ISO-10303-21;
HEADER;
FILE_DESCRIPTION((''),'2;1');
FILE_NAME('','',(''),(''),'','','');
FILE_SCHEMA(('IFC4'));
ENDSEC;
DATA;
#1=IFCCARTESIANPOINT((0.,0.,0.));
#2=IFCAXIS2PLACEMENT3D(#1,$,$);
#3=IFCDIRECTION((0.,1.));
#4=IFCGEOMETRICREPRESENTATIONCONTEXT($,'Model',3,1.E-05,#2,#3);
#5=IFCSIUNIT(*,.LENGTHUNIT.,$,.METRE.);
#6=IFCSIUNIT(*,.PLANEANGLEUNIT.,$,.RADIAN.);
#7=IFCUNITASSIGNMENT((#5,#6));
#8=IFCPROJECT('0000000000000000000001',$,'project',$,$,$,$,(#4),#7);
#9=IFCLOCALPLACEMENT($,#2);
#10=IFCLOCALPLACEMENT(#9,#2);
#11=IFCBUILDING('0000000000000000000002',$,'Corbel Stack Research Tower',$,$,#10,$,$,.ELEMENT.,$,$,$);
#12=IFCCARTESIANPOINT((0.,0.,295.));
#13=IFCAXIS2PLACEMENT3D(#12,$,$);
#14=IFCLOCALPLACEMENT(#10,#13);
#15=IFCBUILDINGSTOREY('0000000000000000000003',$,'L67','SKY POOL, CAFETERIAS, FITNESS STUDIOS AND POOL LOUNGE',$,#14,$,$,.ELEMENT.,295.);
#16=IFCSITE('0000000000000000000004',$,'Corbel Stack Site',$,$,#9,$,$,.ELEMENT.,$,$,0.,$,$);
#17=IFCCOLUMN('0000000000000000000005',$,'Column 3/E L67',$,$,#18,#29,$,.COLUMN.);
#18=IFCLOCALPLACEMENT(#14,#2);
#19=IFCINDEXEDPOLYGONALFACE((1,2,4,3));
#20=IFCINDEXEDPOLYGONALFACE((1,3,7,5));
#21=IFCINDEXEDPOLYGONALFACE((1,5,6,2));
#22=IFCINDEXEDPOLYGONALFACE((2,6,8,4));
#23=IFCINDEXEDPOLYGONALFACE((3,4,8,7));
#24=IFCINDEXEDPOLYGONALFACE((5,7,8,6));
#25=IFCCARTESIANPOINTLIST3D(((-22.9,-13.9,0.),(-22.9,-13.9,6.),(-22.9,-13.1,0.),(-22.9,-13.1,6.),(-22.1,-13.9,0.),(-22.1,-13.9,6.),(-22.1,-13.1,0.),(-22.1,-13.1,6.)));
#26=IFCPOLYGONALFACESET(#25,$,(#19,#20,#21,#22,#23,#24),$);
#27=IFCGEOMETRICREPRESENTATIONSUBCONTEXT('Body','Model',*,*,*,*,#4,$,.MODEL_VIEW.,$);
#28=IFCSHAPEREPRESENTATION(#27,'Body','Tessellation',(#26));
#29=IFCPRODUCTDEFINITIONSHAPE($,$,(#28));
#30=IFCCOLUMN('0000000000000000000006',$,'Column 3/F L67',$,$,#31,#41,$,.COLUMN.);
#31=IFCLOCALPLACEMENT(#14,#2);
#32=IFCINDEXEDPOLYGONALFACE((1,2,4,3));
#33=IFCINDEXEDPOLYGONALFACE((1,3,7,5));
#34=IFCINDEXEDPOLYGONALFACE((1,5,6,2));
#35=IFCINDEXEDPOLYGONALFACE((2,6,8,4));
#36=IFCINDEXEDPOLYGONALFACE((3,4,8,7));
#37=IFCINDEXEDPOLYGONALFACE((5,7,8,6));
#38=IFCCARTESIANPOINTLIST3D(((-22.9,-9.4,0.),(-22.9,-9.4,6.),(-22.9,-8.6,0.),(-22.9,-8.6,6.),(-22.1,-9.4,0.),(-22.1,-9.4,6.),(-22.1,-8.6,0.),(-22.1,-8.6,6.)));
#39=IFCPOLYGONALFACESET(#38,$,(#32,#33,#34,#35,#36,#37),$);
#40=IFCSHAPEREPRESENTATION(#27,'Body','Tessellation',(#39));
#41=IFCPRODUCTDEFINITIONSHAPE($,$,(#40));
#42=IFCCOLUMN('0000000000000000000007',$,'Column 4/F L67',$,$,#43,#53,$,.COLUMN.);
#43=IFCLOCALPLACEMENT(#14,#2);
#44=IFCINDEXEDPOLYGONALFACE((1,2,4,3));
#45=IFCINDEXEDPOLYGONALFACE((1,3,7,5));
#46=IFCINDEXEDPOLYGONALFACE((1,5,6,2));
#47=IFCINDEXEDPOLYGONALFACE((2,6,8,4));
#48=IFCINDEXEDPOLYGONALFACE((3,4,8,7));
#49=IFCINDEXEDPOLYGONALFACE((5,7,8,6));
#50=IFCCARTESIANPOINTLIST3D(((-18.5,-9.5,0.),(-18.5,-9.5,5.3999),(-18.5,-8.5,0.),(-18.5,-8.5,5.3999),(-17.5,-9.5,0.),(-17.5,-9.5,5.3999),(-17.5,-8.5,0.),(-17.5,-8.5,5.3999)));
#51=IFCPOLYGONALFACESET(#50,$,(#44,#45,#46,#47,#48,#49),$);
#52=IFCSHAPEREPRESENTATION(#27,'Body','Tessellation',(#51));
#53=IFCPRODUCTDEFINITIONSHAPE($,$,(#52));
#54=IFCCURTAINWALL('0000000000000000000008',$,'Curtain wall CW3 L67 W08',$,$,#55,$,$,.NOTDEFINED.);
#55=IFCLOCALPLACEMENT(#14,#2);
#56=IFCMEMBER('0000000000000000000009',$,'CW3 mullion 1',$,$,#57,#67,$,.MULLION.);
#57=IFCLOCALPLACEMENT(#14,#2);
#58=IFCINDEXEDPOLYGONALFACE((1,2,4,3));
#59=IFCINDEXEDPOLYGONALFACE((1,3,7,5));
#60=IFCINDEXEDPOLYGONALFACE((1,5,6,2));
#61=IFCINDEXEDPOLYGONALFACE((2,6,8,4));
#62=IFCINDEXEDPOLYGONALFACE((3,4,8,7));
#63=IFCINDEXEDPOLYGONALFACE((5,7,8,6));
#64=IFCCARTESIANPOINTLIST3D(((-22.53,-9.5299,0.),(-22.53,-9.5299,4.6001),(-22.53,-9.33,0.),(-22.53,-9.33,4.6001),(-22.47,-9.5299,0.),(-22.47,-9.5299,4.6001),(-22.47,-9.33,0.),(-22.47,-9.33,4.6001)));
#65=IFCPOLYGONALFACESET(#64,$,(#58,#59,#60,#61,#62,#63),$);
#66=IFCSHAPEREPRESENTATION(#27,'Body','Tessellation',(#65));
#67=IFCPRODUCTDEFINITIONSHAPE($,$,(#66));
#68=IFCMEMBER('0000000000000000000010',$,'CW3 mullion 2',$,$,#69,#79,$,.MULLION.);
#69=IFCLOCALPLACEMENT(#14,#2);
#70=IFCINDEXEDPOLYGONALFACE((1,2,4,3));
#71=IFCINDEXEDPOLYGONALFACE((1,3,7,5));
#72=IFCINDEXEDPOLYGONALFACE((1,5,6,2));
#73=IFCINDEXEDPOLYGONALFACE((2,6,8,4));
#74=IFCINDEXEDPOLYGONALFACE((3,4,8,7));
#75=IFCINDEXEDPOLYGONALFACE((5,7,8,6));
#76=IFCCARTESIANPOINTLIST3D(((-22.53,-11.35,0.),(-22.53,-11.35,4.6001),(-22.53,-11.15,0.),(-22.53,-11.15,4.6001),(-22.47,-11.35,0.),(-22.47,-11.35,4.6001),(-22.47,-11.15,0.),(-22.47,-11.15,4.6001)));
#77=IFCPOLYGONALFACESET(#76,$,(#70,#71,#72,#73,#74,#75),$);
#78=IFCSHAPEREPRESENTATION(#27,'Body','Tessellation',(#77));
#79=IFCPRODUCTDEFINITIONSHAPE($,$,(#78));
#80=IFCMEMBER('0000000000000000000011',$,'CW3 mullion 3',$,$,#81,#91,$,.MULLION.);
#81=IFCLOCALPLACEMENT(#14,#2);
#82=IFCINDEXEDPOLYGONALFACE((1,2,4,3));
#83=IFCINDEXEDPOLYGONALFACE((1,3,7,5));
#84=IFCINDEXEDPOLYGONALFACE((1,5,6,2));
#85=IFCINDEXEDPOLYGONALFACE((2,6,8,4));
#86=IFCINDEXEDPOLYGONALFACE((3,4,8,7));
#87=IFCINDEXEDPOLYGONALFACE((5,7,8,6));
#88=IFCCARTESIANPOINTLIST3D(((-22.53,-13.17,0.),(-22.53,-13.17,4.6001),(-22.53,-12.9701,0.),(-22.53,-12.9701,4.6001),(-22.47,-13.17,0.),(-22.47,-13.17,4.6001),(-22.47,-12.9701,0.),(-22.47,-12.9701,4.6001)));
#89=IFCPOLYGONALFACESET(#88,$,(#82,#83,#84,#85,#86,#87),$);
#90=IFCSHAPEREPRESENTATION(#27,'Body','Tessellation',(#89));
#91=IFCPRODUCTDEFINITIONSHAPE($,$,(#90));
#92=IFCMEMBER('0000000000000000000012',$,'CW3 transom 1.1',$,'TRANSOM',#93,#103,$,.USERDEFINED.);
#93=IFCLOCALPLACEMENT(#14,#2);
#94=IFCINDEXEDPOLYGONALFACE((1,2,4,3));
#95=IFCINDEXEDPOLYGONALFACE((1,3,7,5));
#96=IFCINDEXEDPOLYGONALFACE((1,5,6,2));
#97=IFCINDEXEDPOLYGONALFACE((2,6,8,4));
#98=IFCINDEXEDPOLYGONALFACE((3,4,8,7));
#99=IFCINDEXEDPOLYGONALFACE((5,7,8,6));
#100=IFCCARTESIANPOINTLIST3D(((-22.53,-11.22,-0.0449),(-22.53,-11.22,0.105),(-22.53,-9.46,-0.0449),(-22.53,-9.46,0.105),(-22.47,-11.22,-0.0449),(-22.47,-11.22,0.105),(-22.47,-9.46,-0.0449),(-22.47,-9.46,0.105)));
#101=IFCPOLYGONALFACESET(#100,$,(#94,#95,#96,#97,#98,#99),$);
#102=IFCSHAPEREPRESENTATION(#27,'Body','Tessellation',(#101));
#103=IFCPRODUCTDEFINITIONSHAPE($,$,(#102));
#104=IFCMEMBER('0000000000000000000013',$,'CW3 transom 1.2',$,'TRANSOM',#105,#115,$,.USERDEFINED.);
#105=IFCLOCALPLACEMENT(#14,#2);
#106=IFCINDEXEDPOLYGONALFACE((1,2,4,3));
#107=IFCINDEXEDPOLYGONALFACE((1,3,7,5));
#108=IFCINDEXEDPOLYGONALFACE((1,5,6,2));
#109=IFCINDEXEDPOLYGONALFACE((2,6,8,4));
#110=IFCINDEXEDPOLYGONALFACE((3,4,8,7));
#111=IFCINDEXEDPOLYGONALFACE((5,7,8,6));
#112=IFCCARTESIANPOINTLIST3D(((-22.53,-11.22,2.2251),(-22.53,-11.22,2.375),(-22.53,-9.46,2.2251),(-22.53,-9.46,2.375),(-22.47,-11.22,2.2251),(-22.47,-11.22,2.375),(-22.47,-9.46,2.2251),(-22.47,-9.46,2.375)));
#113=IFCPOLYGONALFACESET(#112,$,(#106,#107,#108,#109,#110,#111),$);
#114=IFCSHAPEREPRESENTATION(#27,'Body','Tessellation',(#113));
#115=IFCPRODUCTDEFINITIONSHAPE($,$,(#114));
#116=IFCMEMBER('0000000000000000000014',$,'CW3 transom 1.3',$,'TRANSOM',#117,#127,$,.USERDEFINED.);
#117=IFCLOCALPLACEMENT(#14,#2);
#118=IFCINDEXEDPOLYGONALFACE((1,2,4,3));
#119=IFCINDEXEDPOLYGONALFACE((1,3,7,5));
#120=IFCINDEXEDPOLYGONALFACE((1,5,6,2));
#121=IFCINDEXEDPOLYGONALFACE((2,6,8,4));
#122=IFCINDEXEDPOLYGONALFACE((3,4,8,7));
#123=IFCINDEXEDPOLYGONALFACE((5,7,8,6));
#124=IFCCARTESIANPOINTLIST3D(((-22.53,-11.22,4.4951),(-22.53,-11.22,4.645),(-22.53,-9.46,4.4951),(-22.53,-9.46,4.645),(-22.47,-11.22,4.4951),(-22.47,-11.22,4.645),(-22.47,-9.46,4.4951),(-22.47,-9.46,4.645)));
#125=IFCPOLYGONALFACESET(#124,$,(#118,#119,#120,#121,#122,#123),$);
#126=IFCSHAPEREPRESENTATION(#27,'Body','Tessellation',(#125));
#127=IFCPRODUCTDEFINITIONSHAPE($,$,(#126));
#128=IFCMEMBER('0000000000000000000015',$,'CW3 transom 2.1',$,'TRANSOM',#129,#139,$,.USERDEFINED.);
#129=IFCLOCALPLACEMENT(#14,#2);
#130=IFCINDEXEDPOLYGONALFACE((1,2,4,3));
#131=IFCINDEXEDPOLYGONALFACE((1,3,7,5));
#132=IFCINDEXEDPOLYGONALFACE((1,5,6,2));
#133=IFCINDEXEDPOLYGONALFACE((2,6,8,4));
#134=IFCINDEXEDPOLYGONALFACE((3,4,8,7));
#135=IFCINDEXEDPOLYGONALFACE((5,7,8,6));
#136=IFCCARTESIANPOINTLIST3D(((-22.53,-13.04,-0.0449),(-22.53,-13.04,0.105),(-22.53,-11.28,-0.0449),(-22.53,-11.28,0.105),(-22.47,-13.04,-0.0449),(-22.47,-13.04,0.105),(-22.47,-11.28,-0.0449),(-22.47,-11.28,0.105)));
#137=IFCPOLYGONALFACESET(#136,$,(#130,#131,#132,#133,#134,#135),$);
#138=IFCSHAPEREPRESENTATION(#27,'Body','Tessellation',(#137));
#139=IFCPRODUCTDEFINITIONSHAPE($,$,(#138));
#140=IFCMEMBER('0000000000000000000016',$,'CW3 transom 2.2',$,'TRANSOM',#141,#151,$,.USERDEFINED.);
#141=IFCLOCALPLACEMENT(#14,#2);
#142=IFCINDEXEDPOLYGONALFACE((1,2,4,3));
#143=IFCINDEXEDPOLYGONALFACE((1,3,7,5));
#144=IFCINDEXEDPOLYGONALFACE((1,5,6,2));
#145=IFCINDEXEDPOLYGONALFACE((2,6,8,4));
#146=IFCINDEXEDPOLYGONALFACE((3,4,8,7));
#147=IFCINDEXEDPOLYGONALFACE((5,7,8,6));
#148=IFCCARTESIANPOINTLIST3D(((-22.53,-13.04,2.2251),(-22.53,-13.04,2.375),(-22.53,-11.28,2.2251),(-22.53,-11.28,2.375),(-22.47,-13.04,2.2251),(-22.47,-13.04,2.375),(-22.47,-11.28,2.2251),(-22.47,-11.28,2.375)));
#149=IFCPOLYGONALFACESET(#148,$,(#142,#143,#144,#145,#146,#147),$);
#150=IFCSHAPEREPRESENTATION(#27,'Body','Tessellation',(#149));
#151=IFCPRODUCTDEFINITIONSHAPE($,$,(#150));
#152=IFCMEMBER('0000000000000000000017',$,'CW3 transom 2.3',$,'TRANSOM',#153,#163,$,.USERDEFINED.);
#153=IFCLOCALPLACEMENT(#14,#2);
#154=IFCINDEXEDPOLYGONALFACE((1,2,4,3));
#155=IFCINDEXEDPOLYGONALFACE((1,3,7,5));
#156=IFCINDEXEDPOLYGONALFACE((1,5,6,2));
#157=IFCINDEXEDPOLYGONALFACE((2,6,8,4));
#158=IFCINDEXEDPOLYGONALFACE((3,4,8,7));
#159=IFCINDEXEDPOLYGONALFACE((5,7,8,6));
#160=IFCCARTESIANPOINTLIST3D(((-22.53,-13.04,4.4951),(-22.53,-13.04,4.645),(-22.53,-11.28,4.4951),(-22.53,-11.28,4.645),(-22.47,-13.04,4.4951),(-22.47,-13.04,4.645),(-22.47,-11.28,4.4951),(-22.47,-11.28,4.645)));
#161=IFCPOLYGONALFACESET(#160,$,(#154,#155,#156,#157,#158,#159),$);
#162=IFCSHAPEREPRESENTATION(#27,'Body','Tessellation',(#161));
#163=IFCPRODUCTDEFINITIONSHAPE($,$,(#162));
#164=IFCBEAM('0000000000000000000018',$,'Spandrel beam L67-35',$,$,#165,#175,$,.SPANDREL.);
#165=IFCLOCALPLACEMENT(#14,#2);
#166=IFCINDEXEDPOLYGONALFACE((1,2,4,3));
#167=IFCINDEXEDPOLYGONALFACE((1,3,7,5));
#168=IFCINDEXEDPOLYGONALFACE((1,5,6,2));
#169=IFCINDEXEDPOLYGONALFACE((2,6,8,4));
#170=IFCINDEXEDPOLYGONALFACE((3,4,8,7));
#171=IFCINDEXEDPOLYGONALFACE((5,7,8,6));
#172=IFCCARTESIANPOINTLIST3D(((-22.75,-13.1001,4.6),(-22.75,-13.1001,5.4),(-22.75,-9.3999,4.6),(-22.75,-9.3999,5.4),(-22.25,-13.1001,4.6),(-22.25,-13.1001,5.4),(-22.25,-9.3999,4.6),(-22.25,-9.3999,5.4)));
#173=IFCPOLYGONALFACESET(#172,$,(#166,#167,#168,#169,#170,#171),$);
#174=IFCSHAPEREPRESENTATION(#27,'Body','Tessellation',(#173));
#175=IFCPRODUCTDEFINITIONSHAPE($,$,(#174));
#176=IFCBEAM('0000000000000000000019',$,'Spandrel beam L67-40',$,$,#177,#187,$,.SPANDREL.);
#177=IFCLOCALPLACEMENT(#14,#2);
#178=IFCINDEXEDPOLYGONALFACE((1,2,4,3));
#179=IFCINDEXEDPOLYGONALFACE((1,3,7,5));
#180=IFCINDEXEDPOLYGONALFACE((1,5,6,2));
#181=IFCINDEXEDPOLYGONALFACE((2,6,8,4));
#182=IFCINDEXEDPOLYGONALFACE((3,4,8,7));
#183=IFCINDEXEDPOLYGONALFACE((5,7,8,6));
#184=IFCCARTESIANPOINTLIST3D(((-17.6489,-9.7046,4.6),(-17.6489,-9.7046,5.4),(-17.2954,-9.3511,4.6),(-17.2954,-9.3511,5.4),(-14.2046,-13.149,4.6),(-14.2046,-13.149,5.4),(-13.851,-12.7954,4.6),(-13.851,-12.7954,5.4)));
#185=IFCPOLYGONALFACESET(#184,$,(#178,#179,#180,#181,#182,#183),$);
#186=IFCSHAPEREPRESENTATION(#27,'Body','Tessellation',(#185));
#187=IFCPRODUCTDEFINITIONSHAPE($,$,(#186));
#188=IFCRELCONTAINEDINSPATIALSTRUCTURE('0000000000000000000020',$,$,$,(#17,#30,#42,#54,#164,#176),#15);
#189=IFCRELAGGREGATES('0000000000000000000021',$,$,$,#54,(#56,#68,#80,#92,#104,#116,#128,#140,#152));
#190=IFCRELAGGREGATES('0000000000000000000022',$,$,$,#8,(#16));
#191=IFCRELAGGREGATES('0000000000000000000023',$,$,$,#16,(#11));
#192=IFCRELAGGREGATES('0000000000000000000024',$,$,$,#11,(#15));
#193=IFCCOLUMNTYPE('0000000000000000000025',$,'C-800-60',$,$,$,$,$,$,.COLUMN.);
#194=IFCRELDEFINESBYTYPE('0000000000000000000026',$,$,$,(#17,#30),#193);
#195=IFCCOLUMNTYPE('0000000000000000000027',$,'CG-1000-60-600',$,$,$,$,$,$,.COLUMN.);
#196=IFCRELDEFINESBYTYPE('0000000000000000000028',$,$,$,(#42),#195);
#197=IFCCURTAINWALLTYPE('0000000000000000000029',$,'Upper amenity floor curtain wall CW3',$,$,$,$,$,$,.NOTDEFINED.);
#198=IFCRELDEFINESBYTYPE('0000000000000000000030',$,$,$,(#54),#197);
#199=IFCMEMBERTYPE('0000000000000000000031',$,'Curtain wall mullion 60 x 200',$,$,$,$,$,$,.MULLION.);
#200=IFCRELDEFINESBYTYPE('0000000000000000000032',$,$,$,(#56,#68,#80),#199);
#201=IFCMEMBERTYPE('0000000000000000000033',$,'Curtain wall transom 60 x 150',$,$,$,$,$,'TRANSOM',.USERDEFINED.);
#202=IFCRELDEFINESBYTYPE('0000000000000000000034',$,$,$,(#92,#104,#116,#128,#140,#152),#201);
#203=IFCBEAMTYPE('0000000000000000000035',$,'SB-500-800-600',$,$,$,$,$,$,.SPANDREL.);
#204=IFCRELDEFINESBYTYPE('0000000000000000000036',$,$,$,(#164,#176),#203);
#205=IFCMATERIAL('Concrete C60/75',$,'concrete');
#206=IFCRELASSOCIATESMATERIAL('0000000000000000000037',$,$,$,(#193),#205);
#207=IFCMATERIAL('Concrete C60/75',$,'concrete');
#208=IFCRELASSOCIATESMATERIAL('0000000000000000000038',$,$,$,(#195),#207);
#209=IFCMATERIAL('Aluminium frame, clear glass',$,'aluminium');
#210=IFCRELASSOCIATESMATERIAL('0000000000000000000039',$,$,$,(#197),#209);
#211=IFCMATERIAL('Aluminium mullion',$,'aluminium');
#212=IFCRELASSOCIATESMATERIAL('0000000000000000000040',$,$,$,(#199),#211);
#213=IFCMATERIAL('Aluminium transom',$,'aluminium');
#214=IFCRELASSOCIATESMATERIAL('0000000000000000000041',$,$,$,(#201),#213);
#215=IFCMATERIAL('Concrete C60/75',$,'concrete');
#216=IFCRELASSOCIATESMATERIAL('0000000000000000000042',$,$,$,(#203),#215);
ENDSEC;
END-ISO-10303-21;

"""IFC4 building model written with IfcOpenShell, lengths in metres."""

from ifc_helpers import new_model, si_unit, direction, frame, origin, origin_2d, place, context, subcontext, project, spatial, rectangle, extrude, material, material_profile, profile_set, type_object, element, aggregate, save


model = new_model("IFC4")

# Units and contexts
model_context = context("Model", 3, precision=1e-05, world=origin(), true_north=direction((0.0, 1.0)))
body_context = subcontext(model_context, "Body", "Model", "MODEL_VIEW")
ifc_project = project(units=[si_unit("LENGTHUNIT", "METRE"), si_unit("PLANEANGLEUNIT", "RADIAN")], contexts=[model_context])

# Site, building, storey
site_placement = place(None, origin())
site = spatial("IfcSite", under=ifc_project, at=site_placement, Name="Corbel Stack Site", CompositionType="ELEMENT", RefElevation=0.0)
building_placement = place(site_placement, origin())
building = spatial("IfcBuilding", under=site, at=building_placement, Name="Corbel Stack Research Tower", CompositionType="ELEMENT")
storey_placement = place(building_placement, frame((0.0, 0.0, 295.0)))
storey = spatial("IfcBuildingStorey", under=building, at=storey_placement, Name="L67", Description="SKY POOL, CAFETERIAS, FITNESS STUDIOS AND POOL LOUNGE", CompositionType="ELEMENT", Elevation=295.0)

# Columns
ifc_material_1 = material(Name="Concrete C60/75", Category="concrete")
ifc_material_profile_1 = material_profile(ifc_material_1, rectangle(XDim=0.8, YDim=0.8, at=origin_2d()), Name="RC 800 x 800")
ifc_profile_set_1 = profile_set([ifc_material_profile_1], Name="Concrete C60/75")
column_type_1 = type_object("IfcColumnType", Name="C-800-60", PredefinedType="COLUMN", material=ifc_profile_set_1)
for number, where, z_axis, x_axis, name in (
    (1, (-22.5, -13.5, 0.0), (0.0, 0.0, 1.0), (1.0, 0.0, 0.0), "Column 3/E L67"),
    (2, (-22.5, -9.0, 0.0), (0.0, 0.0, 1.0), (1.0, 0.0, 0.0), "Column 3/F L67"),
):
    element("IfcColumn", number, at=place(storey_placement, frame(where, z_axis=z_axis, x_axis=x_axis)), inside=storey, type_object=column_type_1, Name=name, PredefinedType="COLUMN", context=body_context, shape_type="SweptSolid", body=[
        extrude(rectangle(XDim=0.8, YDim=0.8, at=origin_2d()), origin(), (0.0, 0.0, 1.0), 6.0),
    ])
ifc_material_2 = material(Name="Concrete C60/75", Category="concrete")
ifc_material_profile_2 = material_profile(ifc_material_2, rectangle(XDim=1.0, YDim=1.0, at=origin_2d()), Name="RC 1000 x 1000")
ifc_profile_set_2 = profile_set([ifc_material_profile_2], Name="Concrete C60/75")
column_type_2 = type_object("IfcColumnType", Name="CG-1000-60-600", PredefinedType="COLUMN", material=ifc_profile_set_2)
column_placement = place(storey_placement, frame((-18.0, -9.0, 0.0), z_axis=(0.0, 0.0, 1.0), x_axis=(1.0, 0.0, 0.0)))
element("IfcColumn", 3, at=column_placement, inside=storey, type_object=column_type_2, Name="Column 4/F L67", PredefinedType="COLUMN", context=body_context, shape_type="SweptSolid", body=[
    extrude(rectangle(XDim=1.0, YDim=1.0, at=origin_2d()), origin(), (0.0, 0.0, 1.0), 5.3999),
])

# Curtain wall, members
ifc_material_3 = material(Name="Aluminium frame, clear glass", Category="aluminium")
curtain_wall_type = type_object("IfcCurtainWallType", Name="Upper amenity floor curtain wall CW3", PredefinedType="NOTDEFINED", material=ifc_material_3)
curtain_wall_placement = place(storey_placement, origin())
curtain_wall = element("IfcCurtainWall", 4, at=curtain_wall_placement, inside=storey, type_object=curtain_wall_type, Name="Curtain wall CW3 L67 W08", PredefinedType="NOTDEFINED")
ifc_material_4 = material(Name="Aluminium mullion", Category="aluminium")
ifc_material_profile_3 = material_profile(ifc_material_4, rectangle(XDim=0.0601, YDim=0.2, at=origin_2d()), Name="Mullion 60 x 200")
ifc_profile_set_3 = profile_set([ifc_material_profile_3], Name="Aluminium mullion")
member_type_1 = type_object("IfcMemberType", Name="Curtain wall mullion 60 x 200", PredefinedType="MULLION", material=ifc_profile_set_3)
member_1_placement = place(storey_placement, frame((-22.5, -9.4299, 0.0), z_axis=(0.0, 0.0, 1.0), x_axis=(1.0, 0.0, 0.0)))
member_1 = element("IfcMember", 5, at=member_1_placement, type_object=member_type_1, Name="CW3 mullion 1", PredefinedType="MULLION", context=body_context, shape_type="SweptSolid", body=[
    extrude(rectangle(XDim=0.0601, YDim=0.2, at=origin_2d()), origin(), (0.0, 0.0, 1.0), 4.6001),
])
member_2_placement = place(storey_placement, frame((-22.5, -11.25, 0.0), z_axis=(0.0, 0.0, 1.0), x_axis=(1.0, 0.0, 0.0)))
member_2 = element("IfcMember", 6, at=member_2_placement, type_object=member_type_1, Name="CW3 mullion 2", PredefinedType="MULLION", context=body_context, shape_type="SweptSolid", body=[
    extrude(rectangle(XDim=0.0601, YDim=0.2, at=origin_2d()), origin(), (0.0, 0.0, 1.0), 4.6001),
])
member_3_placement = place(storey_placement, frame((-22.5, -13.0701, 0.0), z_axis=(0.0, 0.0, 1.0), x_axis=(1.0, 0.0, 0.0)))
member_3 = element("IfcMember", 7, at=member_3_placement, type_object=member_type_1, Name="CW3 mullion 3", PredefinedType="MULLION", context=body_context, shape_type="SweptSolid", body=[
    extrude(rectangle(XDim=0.0601, YDim=0.2, at=origin_2d()), origin(), (0.0, 0.0, 1.0), 4.6001),
])
ifc_material_5 = material(Name="Aluminium transom", Category="aluminium")
ifc_material_profile_4 = material_profile(ifc_material_5, rectangle(XDim=0.0601, YDim=0.1499, at=origin_2d()), Name="Transom 60 x 150")
ifc_profile_set_4 = profile_set([ifc_material_profile_4], Name="Aluminium transom")
member_type_2 = type_object("IfcMemberType", Name="Curtain wall transom 60 x 150", ElementType="TRANSOM", PredefinedType="USERDEFINED", material=ifc_profile_set_4)
member_4_placement = place(storey_placement, frame((-22.5, -9.46, 0.03), z_axis=(0.0, -1.0, 0.0), x_axis=(1.0, 0.0, 0.0)))
member_4 = element("IfcMember", 8, at=member_4_placement, type_object=member_type_2, Name="CW3 transom 1.1", ObjectType="TRANSOM", PredefinedType="USERDEFINED", context=body_context, shape_type="SweptSolid", body=[
    extrude(rectangle(XDim=0.0601, YDim=0.1499, at=origin_2d()), origin(), (0.0, 0.0, 1.0), 1.76),
])
member_5_placement = place(storey_placement, frame((-22.5, -9.46, 2.3), z_axis=(0.0, -1.0, 0.0), x_axis=(1.0, 0.0, 0.0)))
member_5 = element("IfcMember", 9, at=member_5_placement, type_object=member_type_2, Name="CW3 transom 1.2", ObjectType="TRANSOM", PredefinedType="USERDEFINED", context=body_context, shape_type="SweptSolid", body=[
    extrude(rectangle(XDim=0.0601, YDim=0.1499, at=origin_2d()), origin(), (0.0, 0.0, 1.0), 1.76),
])
member_6_placement = place(storey_placement, frame((-22.5, -9.46, 4.5701), z_axis=(0.0, -1.0, 0.0), x_axis=(1.0, 0.0, 0.0)))
member_6 = element("IfcMember", 10, at=member_6_placement, type_object=member_type_2, Name="CW3 transom 1.3", ObjectType="TRANSOM", PredefinedType="USERDEFINED", context=body_context, shape_type="SweptSolid", body=[
    extrude(rectangle(XDim=0.0601, YDim=0.1499, at=origin_2d()), origin(), (0.0, 0.0, 1.0), 1.76),
])
member_7_placement = place(storey_placement, frame((-22.5, -11.28, 0.03), z_axis=(0.0, -1.0, 0.0), x_axis=(1.0, 0.0, 0.0)))
member_7 = element("IfcMember", 11, at=member_7_placement, type_object=member_type_2, Name="CW3 transom 2.1", ObjectType="TRANSOM", PredefinedType="USERDEFINED", context=body_context, shape_type="SweptSolid", body=[
    extrude(rectangle(XDim=0.0601, YDim=0.1499, at=origin_2d()), origin(), (0.0, 0.0, 1.0), 1.76),
])
member_8_placement = place(storey_placement, frame((-22.5, -11.28, 2.3), z_axis=(0.0, -1.0, 0.0), x_axis=(1.0, 0.0, 0.0)))
member_8 = element("IfcMember", 12, at=member_8_placement, type_object=member_type_2, Name="CW3 transom 2.2", ObjectType="TRANSOM", PredefinedType="USERDEFINED", context=body_context, shape_type="SweptSolid", body=[
    extrude(rectangle(XDim=0.0601, YDim=0.1499, at=origin_2d()), origin(), (0.0, 0.0, 1.0), 1.76),
])
member_9_placement = place(storey_placement, frame((-22.5, -11.28, 4.5701), z_axis=(0.0, -1.0, 0.0), x_axis=(1.0, 0.0, 0.0)))
member_9 = element("IfcMember", 13, at=member_9_placement, type_object=member_type_2, Name="CW3 transom 2.3", ObjectType="TRANSOM", PredefinedType="USERDEFINED", context=body_context, shape_type="SweptSolid", body=[
    extrude(rectangle(XDim=0.0601, YDim=0.1499, at=origin_2d()), origin(), (0.0, 0.0, 1.0), 1.76),
])

# Beams
ifc_material_6 = material(Name="Concrete C60/75", Category="concrete")
ifc_material_profile_5 = material_profile(ifc_material_6, rectangle(XDim=0.5, YDim=0.8, at=origin_2d()), Name="RC 500 x 800")
ifc_profile_set_5 = profile_set([ifc_material_profile_5], Name="Concrete C60/75")
beam_type_1 = type_object("IfcBeamType", Name="SB-500-800-600", PredefinedType="SPANDREL", material=ifc_profile_set_5)
beam_1_placement = place(storey_placement, frame((-22.5, -9.3999, 5.0), z_axis=(0.0, -1.0, 0.0), x_axis=(1.0, 0.0, 0.0)))
element("IfcBeam", 14, at=beam_1_placement, inside=storey, type_object=beam_type_1, Name="Spandrel beam L67-35", PredefinedType="SPANDREL", context=body_context, shape_type="SweptSolid", body=[
    extrude(rectangle(XDim=0.5, YDim=0.8, at=origin_2d()), origin(), (0.0, 0.0, 1.0), 3.7002),
])
beam_2_placement = place(storey_placement, frame((-17.4722, -9.5278, 5.0), z_axis=(0.707107, -0.707107, 0.0), x_axis=(0.707107, 0.707107, 0.0)))
element("IfcBeam", 15, at=beam_2_placement, inside=storey, type_object=beam_type_1, Name="Spandrel beam L67-40", PredefinedType="SPANDREL", context=body_context, shape_type="SweptSolid", body=[
    extrude(rectangle(XDim=0.5, YDim=0.8, at=origin_2d()), origin(), (0.0, 0.0, 1.0), 4.8711),
])

aggregate(curtain_wall, [member_1, member_2, member_3, member_4, member_5, member_6, member_7, member_8, member_9])

save(model, "model.ifc")
